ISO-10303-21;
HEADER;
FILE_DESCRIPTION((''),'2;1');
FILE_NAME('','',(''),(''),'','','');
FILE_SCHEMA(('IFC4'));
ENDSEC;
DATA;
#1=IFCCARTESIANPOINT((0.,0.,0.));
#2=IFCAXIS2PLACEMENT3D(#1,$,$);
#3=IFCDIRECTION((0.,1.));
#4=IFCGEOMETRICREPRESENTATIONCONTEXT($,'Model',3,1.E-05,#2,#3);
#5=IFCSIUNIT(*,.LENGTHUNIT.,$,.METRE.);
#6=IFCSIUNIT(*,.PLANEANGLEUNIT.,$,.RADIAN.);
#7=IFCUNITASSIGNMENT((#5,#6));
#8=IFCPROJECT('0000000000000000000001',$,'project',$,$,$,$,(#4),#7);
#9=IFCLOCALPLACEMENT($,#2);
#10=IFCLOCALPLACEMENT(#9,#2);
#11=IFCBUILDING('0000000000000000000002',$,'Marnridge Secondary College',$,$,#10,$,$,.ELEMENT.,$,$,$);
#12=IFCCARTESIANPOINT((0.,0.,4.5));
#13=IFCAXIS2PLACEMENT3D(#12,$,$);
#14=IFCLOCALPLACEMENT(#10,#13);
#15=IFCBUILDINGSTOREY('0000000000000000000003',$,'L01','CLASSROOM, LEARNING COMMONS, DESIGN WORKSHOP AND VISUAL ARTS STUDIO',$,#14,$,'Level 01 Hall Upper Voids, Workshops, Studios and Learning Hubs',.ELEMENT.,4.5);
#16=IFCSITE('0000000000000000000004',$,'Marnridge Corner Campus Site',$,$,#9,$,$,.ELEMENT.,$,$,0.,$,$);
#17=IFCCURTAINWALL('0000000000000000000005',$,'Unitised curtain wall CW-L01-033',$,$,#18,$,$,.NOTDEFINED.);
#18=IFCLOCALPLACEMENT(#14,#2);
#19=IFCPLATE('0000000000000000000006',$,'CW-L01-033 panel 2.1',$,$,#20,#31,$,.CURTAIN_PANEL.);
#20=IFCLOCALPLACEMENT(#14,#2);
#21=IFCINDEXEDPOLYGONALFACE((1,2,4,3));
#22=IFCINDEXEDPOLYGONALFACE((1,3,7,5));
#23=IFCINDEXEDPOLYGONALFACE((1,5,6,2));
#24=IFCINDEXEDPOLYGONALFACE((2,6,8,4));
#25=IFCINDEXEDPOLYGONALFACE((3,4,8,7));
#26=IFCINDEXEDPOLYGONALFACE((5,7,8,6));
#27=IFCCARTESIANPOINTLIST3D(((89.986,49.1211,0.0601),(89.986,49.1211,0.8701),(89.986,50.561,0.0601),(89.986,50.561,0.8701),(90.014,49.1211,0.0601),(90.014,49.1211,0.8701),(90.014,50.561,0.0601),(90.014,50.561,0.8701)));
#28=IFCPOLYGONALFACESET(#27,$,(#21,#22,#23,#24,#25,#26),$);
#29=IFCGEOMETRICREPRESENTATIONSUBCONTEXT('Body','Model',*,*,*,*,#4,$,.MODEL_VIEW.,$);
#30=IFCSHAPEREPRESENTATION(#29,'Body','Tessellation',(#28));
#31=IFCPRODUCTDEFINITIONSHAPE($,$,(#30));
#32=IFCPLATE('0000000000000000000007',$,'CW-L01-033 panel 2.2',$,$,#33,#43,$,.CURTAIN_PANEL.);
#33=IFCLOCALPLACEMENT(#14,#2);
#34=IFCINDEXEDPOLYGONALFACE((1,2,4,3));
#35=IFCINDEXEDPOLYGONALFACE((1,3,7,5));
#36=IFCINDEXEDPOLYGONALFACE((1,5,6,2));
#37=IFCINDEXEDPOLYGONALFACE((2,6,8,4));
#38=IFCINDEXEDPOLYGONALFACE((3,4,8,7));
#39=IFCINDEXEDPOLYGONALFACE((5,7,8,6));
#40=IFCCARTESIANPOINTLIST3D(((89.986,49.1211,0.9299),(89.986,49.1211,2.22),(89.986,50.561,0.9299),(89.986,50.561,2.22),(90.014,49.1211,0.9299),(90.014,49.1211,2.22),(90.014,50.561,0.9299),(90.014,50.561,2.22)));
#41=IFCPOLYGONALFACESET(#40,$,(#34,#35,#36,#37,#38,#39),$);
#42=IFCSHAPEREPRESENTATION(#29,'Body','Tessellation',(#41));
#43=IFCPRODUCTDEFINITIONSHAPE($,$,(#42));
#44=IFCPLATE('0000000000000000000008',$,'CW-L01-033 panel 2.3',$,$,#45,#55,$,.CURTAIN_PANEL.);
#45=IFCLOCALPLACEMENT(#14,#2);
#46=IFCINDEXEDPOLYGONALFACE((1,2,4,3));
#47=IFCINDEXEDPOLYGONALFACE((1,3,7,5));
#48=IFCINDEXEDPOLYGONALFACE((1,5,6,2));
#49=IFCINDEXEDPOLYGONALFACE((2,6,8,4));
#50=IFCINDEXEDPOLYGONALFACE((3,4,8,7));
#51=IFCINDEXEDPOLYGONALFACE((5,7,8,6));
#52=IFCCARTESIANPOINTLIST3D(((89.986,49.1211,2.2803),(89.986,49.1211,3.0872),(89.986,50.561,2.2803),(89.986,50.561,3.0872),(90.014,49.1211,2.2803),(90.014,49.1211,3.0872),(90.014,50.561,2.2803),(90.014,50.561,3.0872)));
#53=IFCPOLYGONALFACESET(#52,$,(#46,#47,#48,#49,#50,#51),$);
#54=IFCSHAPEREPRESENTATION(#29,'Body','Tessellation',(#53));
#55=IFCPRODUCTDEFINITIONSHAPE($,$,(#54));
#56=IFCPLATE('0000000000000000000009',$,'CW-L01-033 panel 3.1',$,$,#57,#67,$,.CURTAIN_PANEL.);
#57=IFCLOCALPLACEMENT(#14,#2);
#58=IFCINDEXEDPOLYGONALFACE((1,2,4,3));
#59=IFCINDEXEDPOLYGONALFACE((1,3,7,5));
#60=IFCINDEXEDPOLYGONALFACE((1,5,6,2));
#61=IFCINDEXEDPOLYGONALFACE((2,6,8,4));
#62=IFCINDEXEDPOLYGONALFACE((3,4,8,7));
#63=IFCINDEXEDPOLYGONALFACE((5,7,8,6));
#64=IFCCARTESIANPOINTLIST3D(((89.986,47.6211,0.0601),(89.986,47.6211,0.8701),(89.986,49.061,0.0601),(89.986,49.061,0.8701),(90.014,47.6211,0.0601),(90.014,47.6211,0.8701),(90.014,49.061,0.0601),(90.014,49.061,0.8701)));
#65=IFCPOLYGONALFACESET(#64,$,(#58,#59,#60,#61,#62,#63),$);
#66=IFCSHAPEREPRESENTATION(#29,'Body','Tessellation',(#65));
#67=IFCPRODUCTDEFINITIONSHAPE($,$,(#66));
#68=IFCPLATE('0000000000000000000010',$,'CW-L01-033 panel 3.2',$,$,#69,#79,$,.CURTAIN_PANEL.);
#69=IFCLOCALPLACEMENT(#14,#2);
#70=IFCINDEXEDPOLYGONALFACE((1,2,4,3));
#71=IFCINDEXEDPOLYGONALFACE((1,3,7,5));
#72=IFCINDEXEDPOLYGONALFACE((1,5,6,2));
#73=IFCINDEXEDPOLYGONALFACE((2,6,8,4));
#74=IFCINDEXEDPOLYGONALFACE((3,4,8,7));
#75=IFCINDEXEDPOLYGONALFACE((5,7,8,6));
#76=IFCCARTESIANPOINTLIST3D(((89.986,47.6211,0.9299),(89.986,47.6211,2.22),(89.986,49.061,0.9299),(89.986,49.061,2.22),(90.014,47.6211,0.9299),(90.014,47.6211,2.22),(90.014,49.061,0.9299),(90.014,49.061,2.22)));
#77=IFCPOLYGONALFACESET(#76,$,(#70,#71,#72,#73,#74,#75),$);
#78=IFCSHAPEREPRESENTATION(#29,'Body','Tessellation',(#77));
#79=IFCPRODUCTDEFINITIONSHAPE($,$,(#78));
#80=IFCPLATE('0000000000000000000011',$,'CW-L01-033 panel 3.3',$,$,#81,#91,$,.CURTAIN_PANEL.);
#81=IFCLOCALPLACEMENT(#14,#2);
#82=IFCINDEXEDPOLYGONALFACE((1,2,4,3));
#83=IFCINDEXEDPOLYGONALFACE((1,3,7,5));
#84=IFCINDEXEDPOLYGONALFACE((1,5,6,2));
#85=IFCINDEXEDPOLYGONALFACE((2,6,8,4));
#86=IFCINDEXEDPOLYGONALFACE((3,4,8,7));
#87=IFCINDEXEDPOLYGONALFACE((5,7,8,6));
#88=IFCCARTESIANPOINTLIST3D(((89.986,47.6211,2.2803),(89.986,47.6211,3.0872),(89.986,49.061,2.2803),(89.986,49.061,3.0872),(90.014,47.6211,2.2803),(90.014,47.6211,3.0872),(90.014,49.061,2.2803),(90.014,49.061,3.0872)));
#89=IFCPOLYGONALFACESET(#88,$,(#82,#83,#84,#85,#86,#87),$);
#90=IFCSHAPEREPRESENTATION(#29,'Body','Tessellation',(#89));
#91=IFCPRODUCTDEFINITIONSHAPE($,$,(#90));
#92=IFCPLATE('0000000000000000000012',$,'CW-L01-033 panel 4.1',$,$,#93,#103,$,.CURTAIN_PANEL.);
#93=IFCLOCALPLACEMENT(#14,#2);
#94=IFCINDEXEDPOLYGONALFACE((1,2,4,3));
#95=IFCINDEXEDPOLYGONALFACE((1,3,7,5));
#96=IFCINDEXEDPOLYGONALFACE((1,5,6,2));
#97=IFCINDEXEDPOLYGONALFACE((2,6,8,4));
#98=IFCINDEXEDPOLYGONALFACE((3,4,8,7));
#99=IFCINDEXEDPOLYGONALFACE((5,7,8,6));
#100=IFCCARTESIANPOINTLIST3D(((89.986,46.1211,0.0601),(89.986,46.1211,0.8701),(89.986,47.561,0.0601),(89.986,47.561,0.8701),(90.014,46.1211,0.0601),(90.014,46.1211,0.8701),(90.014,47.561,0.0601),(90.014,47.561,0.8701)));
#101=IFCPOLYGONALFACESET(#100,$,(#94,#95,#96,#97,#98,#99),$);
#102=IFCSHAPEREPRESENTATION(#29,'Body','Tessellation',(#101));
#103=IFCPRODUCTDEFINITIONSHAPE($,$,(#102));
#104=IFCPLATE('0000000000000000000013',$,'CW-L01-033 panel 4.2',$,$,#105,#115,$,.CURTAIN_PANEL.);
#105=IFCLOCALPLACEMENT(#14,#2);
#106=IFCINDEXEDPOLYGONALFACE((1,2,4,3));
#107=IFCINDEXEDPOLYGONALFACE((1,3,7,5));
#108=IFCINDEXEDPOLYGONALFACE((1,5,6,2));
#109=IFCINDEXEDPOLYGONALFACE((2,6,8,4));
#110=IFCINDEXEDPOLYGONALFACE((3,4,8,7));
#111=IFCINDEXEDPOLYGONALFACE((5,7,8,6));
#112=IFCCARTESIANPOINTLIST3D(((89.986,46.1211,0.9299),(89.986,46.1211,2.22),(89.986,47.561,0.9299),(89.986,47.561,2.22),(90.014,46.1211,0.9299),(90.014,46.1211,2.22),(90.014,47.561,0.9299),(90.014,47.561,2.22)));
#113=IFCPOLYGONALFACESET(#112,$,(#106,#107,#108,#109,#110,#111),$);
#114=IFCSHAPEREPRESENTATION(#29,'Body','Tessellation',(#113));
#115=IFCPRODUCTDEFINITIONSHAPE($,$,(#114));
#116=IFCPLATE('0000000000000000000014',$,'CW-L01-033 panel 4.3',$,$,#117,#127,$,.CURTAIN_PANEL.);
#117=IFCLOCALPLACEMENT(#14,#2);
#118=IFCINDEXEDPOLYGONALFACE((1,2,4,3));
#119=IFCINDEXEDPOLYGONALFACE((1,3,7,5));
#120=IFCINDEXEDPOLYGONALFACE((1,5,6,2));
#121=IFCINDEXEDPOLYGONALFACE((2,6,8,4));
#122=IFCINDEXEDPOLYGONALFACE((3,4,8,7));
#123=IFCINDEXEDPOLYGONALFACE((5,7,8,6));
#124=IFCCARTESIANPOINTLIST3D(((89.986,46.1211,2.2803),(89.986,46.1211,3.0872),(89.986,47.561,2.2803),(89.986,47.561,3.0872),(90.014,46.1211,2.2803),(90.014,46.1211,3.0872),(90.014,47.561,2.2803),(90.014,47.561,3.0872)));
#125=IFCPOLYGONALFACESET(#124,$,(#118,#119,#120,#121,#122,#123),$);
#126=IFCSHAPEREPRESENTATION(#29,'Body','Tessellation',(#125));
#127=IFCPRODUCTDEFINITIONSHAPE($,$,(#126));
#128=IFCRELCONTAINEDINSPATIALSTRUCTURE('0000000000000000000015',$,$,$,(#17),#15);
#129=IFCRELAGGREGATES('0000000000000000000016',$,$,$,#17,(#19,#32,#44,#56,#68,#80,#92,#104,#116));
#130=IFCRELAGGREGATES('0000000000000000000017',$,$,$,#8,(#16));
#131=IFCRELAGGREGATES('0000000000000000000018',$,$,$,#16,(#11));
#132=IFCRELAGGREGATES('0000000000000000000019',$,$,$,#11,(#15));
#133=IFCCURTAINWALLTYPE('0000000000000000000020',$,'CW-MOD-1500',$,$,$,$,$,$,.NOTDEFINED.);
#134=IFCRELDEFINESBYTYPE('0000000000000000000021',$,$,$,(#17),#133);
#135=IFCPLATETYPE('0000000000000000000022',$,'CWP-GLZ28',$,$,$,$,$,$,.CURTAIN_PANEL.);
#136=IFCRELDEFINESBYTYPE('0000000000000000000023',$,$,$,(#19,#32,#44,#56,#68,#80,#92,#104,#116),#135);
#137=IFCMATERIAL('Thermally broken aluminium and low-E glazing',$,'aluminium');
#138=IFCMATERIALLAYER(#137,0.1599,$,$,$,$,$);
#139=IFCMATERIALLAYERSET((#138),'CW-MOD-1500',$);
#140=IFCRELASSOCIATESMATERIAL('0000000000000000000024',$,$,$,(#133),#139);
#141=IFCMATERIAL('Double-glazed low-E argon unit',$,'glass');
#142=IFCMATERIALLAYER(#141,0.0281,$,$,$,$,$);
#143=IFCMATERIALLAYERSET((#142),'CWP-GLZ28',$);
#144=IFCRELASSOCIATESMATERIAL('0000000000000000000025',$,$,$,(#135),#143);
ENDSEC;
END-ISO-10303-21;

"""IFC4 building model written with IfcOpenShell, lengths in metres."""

from ifc_helpers import new_model, si_unit, direction, frame, origin, origin_2d, place, context, subcontext, project, spatial, rectangle, extrude, material, layer, layer_set, type_object, element, aggregate, save


model = new_model("IFC4")

# Units and contexts
model_context = context("Model", 3, precision=1e-05, world=origin(), true_north=direction((0.0, 1.0)))
body_context = subcontext(model_context, "Body", "Model", "MODEL_VIEW")
ifc_project = project(units=[si_unit("LENGTHUNIT", "METRE"), si_unit("PLANEANGLEUNIT", "RADIAN")], contexts=[model_context])

# Site, building, storey
site_placement = place(None, origin())
site = spatial("IfcSite", under=ifc_project, at=site_placement, Name="Marnridge Corner Campus Site", CompositionType="ELEMENT", RefElevation=0.0)
building_placement = place(site_placement, origin())
building = spatial("IfcBuilding", under=site, at=building_placement, Name="Marnridge Secondary College", CompositionType="ELEMENT")
storey_placement = place(building_placement, frame((0.0, 0.0, 4.5)))
storey = spatial("IfcBuildingStorey", under=building, at=storey_placement, Name="L01", Description="CLASSROOM, LEARNING COMMONS, DESIGN WORKSHOP AND VISUAL ARTS STUDIO", LongName="Level 01 Hall Upper Voids, Workshops, Studios and Learning Hubs", CompositionType="ELEMENT", Elevation=4.5)

# Curtain wall, plates
ifc_material_1 = material(Name="Thermally broken aluminium and low-E glazing", Category="aluminium")
ifc_layer_1 = layer(ifc_material_1, 0.1599)
ifc_layer_set_1 = layer_set([ifc_layer_1], Name="CW-MOD-1500")
curtain_wall_type = type_object("IfcCurtainWallType", Name="CW-MOD-1500", PredefinedType="NOTDEFINED", material=ifc_layer_set_1)
curtain_wall_placement = place(storey_placement, origin())
curtain_wall = element("IfcCurtainWall", 1, at=curtain_wall_placement, inside=storey, type_object=curtain_wall_type, Name="Unitised curtain wall CW-L01-033", PredefinedType="NOTDEFINED")
ifc_material_2 = material(Name="Double-glazed low-E argon unit", Category="glass")
ifc_layer_2 = layer(ifc_material_2, 0.0281)
ifc_layer_set_2 = layer_set([ifc_layer_2], Name="CWP-GLZ28")
plate_type = type_object("IfcPlateType", Name="CWP-GLZ28", PredefinedType="CURTAIN_PANEL", material=ifc_layer_set_2)
plate_1_placement = place(storey_placement, frame((90.0, 49.8411, 0.0601), z_axis=(0.0, 0.0, 1.0), x_axis=(0.0, -1.0, 0.0)))
plate_1 = element("IfcPlate", 2, at=plate_1_placement, type_object=plate_type, Name="CW-L01-033 panel 2.1", PredefinedType="CURTAIN_PANEL", context=body_context, shape_type="SweptSolid", body=[
    extrude(rectangle(XDim=1.4399, YDim=0.0281, at=origin_2d()), origin(), (0.0, 0.0, 1.0), 0.8101),
])
plate_2_placement = place(storey_placement, frame((90.0, 49.8411, 0.9299), z_axis=(0.0, 0.0, 1.0), x_axis=(0.0, -1.0, 0.0)))
plate_2 = element("IfcPlate", 3, at=plate_2_placement, type_object=plate_type, Name="CW-L01-033 panel 2.2", PredefinedType="CURTAIN_PANEL", context=body_context, shape_type="SweptSolid", body=[
    extrude(rectangle(XDim=1.4399, YDim=0.0281, at=origin_2d()), origin(), (0.0, 0.0, 1.0), 1.29),
])
plate_3_placement = place(storey_placement, frame((90.0, 49.8411, 2.2803), z_axis=(0.0, 0.0, 1.0), x_axis=(0.0, -1.0, 0.0)))
plate_3 = element("IfcPlate", 4, at=plate_3_placement, type_object=plate_type, Name="CW-L01-033 panel 2.3", PredefinedType="CURTAIN_PANEL", context=body_context, shape_type="SweptSolid", body=[
    extrude(rectangle(XDim=1.4399, YDim=0.0281, at=origin_2d()), origin(), (0.0, 0.0, 1.0), 0.8069),
])
plate_4_placement = place(storey_placement, frame((90.0, 48.3411, 0.0601), z_axis=(0.0, 0.0, 1.0), x_axis=(0.0, -1.0, 0.0)))
plate_4 = element("IfcPlate", 5, at=plate_4_placement, type_object=plate_type, Name="CW-L01-033 panel 3.1", PredefinedType="CURTAIN_PANEL", context=body_context, shape_type="SweptSolid", body=[
    extrude(rectangle(XDim=1.4399, YDim=0.0281, at=origin_2d()), origin(), (0.0, 0.0, 1.0), 0.8101),
])
plate_5_placement = place(storey_placement, frame((90.0, 48.3411, 0.9299), z_axis=(0.0, 0.0, 1.0), x_axis=(0.0, -1.0, 0.0)))
plate_5 = element("IfcPlate", 6, at=plate_5_placement, type_object=plate_type, Name="CW-L01-033 panel 3.2", PredefinedType="CURTAIN_PANEL", context=body_context, shape_type="SweptSolid", body=[
    extrude(rectangle(XDim=1.4399, YDim=0.0281, at=origin_2d()), origin(), (0.0, 0.0, 1.0), 1.29),
])
plate_6_placement = place(storey_placement, frame((90.0, 48.3411, 2.2803), z_axis=(0.0, 0.0, 1.0), x_axis=(0.0, -1.0, 0.0)))
plate_6 = element("IfcPlate", 7, at=plate_6_placement, type_object=plate_type, Name="CW-L01-033 panel 3.3", PredefinedType="CURTAIN_PANEL", context=body_context, shape_type="SweptSolid", body=[
    extrude(rectangle(XDim=1.4399, YDim=0.0281, at=origin_2d()), origin(), (0.0, 0.0, 1.0), 0.8069),
])
plate_7_placement = place(storey_placement, frame((90.0, 46.8411, 0.0601), z_axis=(0.0, 0.0, 1.0), x_axis=(0.0, -1.0, 0.0)))
plate_7 = element("IfcPlate", 8, at=plate_7_placement, type_object=plate_type, Name="CW-L01-033 panel 4.1", PredefinedType="CURTAIN_PANEL", context=body_context, shape_type="SweptSolid", body=[
    extrude(rectangle(XDim=1.4399, YDim=0.0281, at=origin_2d()), origin(), (0.0, 0.0, 1.0), 0.8101),
])
plate_8_placement = place(storey_placement, frame((90.0, 46.8411, 0.9299), z_axis=(0.0, 0.0, 1.0), x_axis=(0.0, -1.0, 0.0)))
plate_8 = element("IfcPlate", 9, at=plate_8_placement, type_object=plate_type, Name="CW-L01-033 panel 4.2", PredefinedType="CURTAIN_PANEL", context=body_context, shape_type="SweptSolid", body=[
    extrude(rectangle(XDim=1.4399, YDim=0.0281, at=origin_2d()), origin(), (0.0, 0.0, 1.0), 1.29),
])
plate_9_placement = place(storey_placement, frame((90.0, 46.8411, 2.2803), z_axis=(0.0, 0.0, 1.0), x_axis=(0.0, -1.0, 0.0)))
plate_9 = element("IfcPlate", 10, at=plate_9_placement, type_object=plate_type, Name="CW-L01-033 panel 4.3", PredefinedType="CURTAIN_PANEL", context=body_context, shape_type="SweptSolid", body=[
    extrude(rectangle(XDim=1.4399, YDim=0.0281, at=origin_2d()), origin(), (0.0, 0.0, 1.0), 0.8069),
])
aggregate(curtain_wall, [plate_1, plate_2, plate_3, plate_4, plate_5, plate_6, plate_7, plate_8, plate_9])

save(model, "model.ifc")
